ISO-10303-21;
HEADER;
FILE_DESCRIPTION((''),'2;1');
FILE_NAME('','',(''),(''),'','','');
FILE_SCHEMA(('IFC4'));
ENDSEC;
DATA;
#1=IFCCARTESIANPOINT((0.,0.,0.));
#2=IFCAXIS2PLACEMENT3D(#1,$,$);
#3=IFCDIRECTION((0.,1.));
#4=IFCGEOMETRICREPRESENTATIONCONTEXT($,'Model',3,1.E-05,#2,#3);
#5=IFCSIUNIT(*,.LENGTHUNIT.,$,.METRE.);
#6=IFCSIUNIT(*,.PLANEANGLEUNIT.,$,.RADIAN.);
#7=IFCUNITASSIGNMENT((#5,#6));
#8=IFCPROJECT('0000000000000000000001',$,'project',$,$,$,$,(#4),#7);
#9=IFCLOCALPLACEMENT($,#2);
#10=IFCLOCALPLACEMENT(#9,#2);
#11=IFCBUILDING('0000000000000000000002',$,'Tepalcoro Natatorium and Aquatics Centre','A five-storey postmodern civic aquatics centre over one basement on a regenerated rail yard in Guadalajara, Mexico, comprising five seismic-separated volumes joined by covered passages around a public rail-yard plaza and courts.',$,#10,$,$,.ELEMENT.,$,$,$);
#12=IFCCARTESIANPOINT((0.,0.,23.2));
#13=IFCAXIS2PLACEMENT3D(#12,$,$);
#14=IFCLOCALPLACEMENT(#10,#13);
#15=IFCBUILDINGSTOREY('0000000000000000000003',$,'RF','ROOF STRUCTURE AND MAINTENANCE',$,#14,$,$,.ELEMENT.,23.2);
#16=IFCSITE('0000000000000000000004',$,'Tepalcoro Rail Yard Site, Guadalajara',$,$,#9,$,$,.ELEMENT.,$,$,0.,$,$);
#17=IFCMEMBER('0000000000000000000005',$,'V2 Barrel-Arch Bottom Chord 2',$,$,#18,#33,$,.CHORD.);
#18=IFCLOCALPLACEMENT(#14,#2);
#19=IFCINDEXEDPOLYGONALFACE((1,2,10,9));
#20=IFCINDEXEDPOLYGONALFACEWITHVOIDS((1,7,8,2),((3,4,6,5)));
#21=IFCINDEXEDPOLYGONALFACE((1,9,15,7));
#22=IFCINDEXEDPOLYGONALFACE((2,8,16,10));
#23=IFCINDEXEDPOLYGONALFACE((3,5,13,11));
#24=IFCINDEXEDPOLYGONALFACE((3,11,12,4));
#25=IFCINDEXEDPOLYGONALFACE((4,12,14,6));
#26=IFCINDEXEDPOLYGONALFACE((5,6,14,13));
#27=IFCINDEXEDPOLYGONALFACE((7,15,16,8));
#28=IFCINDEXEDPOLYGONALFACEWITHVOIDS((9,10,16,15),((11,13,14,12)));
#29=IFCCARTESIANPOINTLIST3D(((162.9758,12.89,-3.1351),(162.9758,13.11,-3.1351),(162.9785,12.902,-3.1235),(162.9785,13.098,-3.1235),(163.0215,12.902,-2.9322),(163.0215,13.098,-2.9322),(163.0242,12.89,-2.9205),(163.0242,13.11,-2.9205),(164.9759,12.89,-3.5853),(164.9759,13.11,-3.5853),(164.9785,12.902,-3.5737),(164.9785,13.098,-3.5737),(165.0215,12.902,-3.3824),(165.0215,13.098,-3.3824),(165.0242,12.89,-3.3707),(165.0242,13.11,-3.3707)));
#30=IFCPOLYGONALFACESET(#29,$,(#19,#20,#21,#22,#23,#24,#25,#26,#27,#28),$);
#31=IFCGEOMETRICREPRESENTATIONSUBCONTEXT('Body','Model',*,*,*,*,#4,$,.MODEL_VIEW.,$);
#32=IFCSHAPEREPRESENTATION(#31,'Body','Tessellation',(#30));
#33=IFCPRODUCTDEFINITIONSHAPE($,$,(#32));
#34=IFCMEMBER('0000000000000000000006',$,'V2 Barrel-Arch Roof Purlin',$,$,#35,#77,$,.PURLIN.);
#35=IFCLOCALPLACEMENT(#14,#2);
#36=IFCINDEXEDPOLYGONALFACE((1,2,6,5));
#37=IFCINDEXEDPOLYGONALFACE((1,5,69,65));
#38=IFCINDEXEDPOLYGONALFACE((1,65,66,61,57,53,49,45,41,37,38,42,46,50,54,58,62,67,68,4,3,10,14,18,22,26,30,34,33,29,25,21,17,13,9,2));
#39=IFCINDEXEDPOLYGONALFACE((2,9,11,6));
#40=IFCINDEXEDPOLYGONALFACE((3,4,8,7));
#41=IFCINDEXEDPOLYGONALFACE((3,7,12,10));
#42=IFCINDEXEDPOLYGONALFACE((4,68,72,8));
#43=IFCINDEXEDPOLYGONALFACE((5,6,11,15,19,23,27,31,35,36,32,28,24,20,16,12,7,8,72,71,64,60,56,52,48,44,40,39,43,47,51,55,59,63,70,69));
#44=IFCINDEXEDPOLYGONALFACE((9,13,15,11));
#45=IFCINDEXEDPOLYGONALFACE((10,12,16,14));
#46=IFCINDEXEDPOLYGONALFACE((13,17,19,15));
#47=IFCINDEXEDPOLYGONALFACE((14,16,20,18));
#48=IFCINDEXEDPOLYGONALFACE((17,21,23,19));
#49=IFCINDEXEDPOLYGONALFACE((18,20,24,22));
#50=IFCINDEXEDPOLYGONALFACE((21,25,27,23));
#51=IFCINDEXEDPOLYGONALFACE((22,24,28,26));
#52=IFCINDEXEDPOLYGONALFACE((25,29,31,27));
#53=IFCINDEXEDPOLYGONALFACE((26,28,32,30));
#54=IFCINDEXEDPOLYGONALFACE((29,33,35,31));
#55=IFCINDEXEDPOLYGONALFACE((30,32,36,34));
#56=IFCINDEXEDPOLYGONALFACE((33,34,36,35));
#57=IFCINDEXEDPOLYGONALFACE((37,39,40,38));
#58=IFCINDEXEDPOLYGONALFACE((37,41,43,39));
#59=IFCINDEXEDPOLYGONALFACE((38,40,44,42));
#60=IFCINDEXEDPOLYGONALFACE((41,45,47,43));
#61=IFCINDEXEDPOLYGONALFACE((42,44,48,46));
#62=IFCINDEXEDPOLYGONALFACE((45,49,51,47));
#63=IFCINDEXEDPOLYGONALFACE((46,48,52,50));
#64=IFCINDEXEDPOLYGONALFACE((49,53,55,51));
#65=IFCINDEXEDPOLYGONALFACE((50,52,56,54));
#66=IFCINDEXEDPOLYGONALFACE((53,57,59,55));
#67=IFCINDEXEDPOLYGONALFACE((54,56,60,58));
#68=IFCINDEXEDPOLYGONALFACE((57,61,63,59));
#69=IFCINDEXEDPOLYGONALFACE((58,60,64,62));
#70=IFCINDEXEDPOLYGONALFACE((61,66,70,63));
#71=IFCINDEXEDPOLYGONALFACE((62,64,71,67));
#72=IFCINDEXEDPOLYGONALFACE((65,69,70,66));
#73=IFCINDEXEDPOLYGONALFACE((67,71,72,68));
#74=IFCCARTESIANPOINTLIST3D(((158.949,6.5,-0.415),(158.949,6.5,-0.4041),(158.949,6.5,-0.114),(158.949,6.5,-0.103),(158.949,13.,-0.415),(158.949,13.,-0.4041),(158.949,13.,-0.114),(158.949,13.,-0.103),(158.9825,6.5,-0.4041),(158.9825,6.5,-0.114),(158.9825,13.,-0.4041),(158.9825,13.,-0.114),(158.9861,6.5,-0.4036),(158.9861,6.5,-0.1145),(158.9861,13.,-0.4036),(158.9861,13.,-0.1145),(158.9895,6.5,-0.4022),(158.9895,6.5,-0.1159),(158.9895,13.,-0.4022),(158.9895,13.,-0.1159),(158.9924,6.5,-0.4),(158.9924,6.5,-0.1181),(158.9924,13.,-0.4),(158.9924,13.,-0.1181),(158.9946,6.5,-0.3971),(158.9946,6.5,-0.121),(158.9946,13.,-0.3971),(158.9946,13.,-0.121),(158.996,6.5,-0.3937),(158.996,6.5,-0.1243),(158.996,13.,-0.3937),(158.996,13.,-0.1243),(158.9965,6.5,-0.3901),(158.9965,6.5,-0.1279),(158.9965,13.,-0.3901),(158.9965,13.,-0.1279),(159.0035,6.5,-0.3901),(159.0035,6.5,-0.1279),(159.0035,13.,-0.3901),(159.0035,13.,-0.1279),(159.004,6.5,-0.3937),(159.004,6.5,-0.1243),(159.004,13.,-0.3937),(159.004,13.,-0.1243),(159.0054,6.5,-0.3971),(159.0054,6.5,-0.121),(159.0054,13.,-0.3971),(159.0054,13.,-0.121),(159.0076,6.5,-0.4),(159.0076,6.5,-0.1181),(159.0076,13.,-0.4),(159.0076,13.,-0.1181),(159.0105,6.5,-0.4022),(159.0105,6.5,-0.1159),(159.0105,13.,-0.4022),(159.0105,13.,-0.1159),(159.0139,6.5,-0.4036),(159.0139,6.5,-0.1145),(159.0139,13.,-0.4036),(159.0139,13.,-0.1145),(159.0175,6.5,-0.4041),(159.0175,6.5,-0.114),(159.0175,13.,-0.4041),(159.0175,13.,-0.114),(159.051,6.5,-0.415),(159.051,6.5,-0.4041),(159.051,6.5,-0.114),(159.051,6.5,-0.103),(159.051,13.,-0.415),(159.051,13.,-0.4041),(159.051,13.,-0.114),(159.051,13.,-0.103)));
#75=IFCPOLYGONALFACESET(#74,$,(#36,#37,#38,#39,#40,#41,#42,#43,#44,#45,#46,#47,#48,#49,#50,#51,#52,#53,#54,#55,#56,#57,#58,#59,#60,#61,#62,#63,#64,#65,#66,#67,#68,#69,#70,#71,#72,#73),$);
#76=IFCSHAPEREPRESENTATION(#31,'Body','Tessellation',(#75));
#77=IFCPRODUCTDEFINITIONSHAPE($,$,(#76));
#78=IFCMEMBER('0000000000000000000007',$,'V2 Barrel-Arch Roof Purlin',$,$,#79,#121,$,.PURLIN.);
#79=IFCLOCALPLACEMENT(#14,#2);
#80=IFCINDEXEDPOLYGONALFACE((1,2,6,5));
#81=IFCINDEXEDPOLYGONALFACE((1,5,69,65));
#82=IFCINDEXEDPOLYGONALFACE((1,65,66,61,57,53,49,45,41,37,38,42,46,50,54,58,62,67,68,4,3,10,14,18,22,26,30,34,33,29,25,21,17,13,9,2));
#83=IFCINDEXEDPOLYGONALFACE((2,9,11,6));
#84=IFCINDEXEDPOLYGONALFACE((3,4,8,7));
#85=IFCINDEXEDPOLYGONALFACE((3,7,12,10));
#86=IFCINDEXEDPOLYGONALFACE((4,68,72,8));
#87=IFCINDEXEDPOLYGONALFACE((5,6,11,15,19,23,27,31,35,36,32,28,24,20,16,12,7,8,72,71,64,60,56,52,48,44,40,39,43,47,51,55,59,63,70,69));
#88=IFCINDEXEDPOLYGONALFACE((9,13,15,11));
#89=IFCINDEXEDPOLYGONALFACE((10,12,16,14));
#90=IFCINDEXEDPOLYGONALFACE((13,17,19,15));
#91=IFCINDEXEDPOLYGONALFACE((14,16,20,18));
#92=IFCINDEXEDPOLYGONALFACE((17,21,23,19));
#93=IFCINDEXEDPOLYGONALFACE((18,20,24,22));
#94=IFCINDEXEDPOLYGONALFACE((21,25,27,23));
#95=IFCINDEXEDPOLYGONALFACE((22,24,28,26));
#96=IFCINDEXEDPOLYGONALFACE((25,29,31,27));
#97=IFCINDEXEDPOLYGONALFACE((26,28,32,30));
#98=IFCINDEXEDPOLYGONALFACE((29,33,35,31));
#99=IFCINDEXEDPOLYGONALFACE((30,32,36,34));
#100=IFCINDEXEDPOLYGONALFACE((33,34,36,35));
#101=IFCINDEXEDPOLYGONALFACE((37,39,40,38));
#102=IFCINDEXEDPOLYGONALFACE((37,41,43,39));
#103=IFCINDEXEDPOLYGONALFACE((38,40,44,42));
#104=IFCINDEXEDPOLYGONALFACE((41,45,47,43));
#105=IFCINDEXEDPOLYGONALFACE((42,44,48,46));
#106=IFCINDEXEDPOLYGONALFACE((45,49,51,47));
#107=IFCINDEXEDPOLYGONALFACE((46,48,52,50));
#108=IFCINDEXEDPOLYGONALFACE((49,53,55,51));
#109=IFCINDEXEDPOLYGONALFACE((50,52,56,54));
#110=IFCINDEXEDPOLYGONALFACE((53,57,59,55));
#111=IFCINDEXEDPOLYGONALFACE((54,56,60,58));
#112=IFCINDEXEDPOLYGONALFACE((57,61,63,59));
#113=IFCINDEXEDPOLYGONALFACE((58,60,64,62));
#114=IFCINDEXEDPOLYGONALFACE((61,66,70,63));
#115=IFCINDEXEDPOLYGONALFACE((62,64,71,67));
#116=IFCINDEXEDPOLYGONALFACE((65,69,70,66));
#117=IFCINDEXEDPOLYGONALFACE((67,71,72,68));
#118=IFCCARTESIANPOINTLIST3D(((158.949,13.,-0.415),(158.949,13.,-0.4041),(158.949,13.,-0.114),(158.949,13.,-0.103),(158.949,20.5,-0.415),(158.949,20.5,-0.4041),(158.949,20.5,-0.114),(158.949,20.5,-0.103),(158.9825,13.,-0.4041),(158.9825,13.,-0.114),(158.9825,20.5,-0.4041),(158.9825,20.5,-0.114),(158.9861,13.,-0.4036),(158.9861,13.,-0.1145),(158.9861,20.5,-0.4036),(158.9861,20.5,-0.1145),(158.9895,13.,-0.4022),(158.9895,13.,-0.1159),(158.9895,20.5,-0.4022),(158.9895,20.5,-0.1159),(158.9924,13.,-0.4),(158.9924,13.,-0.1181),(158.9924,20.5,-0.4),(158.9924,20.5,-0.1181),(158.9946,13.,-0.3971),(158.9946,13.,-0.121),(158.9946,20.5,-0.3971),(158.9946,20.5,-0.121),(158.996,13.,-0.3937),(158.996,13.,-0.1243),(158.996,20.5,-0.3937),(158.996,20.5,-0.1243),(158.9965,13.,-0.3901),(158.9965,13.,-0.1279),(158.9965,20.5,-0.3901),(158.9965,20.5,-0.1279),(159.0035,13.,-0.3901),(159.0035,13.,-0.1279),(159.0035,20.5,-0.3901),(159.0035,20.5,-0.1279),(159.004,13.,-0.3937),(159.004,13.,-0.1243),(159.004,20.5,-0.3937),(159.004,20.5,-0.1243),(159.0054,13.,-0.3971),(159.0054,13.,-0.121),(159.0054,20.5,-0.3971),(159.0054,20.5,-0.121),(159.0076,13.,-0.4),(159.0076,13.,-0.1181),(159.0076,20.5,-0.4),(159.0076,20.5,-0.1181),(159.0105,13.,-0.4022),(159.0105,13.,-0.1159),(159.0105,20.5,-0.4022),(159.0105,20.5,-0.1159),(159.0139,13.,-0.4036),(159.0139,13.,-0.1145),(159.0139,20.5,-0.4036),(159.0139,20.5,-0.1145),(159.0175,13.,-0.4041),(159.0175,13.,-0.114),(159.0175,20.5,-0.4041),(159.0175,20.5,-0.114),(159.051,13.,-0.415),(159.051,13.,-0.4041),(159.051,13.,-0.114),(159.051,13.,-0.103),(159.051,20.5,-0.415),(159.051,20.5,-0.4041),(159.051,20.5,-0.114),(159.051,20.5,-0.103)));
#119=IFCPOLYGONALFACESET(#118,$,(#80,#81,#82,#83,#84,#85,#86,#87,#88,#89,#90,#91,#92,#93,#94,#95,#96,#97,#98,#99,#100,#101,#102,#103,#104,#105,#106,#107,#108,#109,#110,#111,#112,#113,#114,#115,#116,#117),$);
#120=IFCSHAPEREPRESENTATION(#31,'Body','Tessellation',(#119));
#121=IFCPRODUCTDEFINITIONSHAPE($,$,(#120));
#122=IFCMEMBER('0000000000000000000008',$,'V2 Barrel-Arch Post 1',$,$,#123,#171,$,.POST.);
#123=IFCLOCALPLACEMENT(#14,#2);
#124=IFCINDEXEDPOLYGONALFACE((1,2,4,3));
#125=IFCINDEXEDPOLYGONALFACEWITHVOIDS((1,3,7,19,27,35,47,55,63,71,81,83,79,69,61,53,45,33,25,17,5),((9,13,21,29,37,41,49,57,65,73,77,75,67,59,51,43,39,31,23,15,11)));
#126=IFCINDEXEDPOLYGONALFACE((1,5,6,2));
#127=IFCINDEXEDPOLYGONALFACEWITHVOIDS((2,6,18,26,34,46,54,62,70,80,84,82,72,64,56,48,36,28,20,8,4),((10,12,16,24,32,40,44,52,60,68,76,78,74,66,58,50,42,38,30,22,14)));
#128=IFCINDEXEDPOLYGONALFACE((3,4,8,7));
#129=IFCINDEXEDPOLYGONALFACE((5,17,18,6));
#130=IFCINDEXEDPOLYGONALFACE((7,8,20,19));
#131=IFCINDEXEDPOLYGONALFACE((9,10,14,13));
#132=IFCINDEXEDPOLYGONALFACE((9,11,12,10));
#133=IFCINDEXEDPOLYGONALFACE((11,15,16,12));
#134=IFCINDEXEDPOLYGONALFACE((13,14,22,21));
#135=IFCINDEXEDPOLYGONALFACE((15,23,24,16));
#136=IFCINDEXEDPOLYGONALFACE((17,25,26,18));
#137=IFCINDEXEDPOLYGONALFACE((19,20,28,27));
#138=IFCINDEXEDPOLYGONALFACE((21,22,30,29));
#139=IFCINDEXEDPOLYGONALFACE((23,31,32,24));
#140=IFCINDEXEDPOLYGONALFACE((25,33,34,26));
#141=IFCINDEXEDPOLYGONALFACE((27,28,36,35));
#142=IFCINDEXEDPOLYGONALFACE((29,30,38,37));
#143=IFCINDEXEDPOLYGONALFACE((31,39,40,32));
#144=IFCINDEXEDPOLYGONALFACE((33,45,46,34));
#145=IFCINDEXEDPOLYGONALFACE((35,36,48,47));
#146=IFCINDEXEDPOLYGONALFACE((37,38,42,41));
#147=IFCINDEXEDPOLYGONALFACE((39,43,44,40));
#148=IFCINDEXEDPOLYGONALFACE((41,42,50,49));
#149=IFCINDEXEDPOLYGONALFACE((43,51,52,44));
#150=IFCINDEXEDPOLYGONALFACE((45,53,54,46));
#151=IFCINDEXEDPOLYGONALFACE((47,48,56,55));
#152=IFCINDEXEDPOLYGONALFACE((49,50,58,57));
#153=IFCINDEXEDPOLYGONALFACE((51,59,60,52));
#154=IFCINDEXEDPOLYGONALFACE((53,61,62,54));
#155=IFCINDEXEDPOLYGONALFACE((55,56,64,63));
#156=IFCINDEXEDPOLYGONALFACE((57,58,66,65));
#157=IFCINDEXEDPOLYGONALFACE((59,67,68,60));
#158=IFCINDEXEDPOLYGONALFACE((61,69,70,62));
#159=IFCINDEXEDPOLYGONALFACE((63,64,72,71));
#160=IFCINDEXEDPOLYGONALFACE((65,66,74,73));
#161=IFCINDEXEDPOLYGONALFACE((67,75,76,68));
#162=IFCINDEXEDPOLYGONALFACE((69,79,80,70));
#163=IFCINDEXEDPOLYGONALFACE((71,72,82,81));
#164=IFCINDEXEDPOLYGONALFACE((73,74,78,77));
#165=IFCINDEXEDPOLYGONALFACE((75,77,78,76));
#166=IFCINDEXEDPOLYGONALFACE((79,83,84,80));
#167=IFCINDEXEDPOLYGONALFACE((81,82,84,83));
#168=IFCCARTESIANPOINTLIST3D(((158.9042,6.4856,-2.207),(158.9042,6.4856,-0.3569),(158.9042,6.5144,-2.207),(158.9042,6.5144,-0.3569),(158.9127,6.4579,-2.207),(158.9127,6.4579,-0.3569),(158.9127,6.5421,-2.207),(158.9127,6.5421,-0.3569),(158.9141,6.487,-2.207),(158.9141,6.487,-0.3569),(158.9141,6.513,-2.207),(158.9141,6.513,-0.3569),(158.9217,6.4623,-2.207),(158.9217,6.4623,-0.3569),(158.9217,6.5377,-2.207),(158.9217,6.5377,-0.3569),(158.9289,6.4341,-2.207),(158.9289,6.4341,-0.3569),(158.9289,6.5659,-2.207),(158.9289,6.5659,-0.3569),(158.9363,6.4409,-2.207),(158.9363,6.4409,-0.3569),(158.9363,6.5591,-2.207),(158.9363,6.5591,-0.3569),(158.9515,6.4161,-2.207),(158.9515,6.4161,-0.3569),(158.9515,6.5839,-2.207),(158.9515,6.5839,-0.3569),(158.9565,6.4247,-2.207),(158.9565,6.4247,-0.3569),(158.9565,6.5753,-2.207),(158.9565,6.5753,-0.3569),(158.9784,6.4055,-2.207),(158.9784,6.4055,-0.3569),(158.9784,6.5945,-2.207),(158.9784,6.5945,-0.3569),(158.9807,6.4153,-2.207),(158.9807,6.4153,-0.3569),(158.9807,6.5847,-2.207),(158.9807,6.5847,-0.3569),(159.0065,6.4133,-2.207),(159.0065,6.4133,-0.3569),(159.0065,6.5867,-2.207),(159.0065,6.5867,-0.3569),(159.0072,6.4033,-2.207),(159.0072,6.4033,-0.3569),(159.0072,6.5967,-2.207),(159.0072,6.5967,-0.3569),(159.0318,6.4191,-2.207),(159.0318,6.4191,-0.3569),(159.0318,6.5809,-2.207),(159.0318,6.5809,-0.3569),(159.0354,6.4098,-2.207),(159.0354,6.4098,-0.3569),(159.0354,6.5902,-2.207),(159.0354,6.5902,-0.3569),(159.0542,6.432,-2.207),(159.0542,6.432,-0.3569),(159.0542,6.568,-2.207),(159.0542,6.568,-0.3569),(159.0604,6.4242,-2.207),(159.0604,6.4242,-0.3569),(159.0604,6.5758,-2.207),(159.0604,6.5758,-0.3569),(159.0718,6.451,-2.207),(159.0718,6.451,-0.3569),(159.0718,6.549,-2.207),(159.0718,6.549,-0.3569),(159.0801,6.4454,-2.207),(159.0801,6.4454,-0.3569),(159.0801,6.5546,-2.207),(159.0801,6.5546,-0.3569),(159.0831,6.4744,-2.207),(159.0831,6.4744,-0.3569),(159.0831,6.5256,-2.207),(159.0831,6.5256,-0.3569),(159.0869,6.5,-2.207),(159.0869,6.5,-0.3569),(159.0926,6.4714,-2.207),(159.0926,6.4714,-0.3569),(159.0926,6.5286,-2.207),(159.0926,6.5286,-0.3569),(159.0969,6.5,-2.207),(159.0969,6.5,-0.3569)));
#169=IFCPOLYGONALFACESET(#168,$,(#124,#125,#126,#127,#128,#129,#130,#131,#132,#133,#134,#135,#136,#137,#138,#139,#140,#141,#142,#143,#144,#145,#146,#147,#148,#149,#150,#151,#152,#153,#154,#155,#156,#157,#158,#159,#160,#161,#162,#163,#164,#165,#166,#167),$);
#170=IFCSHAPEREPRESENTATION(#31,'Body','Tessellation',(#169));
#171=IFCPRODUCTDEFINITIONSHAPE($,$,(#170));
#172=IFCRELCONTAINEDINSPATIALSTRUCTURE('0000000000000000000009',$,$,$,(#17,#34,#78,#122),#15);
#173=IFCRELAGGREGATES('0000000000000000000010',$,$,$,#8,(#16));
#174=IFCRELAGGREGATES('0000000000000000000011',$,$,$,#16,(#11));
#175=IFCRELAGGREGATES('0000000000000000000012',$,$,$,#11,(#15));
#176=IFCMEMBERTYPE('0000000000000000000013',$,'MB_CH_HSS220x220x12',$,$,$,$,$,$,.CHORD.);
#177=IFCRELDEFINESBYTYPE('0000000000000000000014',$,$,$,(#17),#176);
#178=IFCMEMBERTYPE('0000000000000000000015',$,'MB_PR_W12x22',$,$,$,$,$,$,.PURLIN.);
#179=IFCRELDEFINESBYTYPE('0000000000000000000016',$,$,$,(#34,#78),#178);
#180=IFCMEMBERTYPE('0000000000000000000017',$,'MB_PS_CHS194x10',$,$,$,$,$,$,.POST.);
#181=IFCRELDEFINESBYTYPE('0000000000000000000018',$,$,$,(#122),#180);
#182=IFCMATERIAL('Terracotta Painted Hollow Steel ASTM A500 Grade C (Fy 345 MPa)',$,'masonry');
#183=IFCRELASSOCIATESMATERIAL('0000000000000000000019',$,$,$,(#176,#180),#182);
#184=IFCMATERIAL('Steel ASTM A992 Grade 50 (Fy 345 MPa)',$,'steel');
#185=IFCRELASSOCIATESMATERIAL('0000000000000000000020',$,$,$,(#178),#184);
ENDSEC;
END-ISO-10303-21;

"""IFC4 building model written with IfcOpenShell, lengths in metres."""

from ifc_helpers import new_model, si_unit, direction, frame, origin, origin_2d, place, context, subcontext, project, spatial, hollow_rectangle, hollow_circle, i_section, extrude, material, material_profile, profile_set, type_object, element, save


model = new_model("IFC4")

# Units and contexts
model_context = context("Model", 3, precision=1e-05, world=origin(), true_north=direction((0.0, 1.0)))
body_context = subcontext(model_context, "Body", "Model", "MODEL_VIEW")
ifc_project = project(units=[si_unit("LENGTHUNIT", "METRE"), si_unit("PLANEANGLEUNIT", "RADIAN")], contexts=[model_context])

# Site, building, storey
site_placement = place(None, origin())
site = spatial("IfcSite", under=ifc_project, at=site_placement, Name="Tepalcoro Rail Yard Site, Guadalajara", CompositionType="ELEMENT", RefElevation=0.0)
building_placement = place(site_placement, origin())
building = spatial("IfcBuilding", under=site, at=building_placement, Name="Tepalcoro Natatorium and Aquatics Centre", Description="A five-storey postmodern civic aquatics centre over one basement on a regenerated rail yard in Guadalajara, Mexico, comprising five seismic-separated volumes joined by covered passages around a public rail-yard plaza and courts.", CompositionType="ELEMENT")
storey_placement = place(building_placement, frame((0.0, 0.0, 23.2)))
storey = spatial("IfcBuildingStorey", under=building, at=storey_placement, Name="RF", Description="ROOF STRUCTURE AND MAINTENANCE", CompositionType="ELEMENT", Elevation=23.2)

# Shared definitions
ifc_material_1 = material(Name="Terracotta Painted Hollow Steel ASTM A500 Grade C (Fy 345 MPa)", Category="masonry")

# Members
ifc_material_profile_1 = material_profile(ifc_material_1, hollow_rectangle(XDim=0.22, YDim=0.22, WallThickness=0.012, at=origin_2d()), Name="HSS220X220X12")
ifc_profile_set_1 = profile_set([ifc_material_profile_1], Name="Terracotta Painted Hollow Steel ASTM A500 Grade C (Fy 345 MPa)")
member_type_1 = type_object("IfcMemberType", Name="MB_CH_HSS220x220x12", PredefinedType="CHORD", material=ifc_profile_set_1)
for number, where, z_axis, x_axis, name in (
    (1, (163.0, 13.0, -3.0278), (0.975589, 0.0, -0.219603), (0.0, 1.0, 0.0), "V2 Barrel-Arch Bottom Chord 2"),
):
    element("IfcMember", number, at=place(storey_placement, frame(where, z_axis=z_axis, x_axis=x_axis)), inside=storey, type_object=member_type_1, Name=name, PredefinedType="CHORD", context=body_context, shape_type="SweptSolid", body=[
        extrude(hollow_rectangle(XDim=0.22, YDim=0.22, WallThickness=0.012, at=origin_2d()), origin(), (0.0, 0.0, 1.0), 2.05),
    ])
ifc_material_2 = material(Name="Steel ASTM A992 Grade 50 (Fy 345 MPa)", Category="steel")
ifc_material_profile_2 = material_profile(ifc_material_2, i_section(OverallWidth=0.1021, OverallDepth=0.312, WebThickness=0.0071, FlangeThickness=0.011, FilletRadius=0.0139, at=origin_2d()), Name="W12X22")
ifc_profile_set_2 = profile_set([ifc_material_profile_2], Name="Steel ASTM A992 Grade 50 (Fy 345 MPa)")
member_type_2 = type_object("IfcMemberType", Name="MB_PR_W12x22", PredefinedType="PURLIN", material=ifc_profile_set_2)
member_1_placement = place(storey_placement, frame((159.0, 6.5, -0.259), z_axis=(0.0, 1.0, 0.0), x_axis=(-1.0, 0.0, 0.0)))
element("IfcMember", 2, at=member_1_placement, inside=storey, type_object=member_type_2, Name="V2 Barrel-Arch Roof Purlin", PredefinedType="PURLIN", context=body_context, shape_type="SweptSolid", body=[
    extrude(i_section(OverallWidth=0.1021, OverallDepth=0.312, WebThickness=0.0071, FlangeThickness=0.011, FilletRadius=0.0139, at=origin_2d()), origin(), (0.0, 0.0, 1.0), 6.5),
])
member_2_placement = place(storey_placement, frame((159.0, 13.0, -0.259), z_axis=(0.0, 1.0, 0.0), x_axis=(-1.0, 0.0, 0.0)))
element("IfcMember", 3, at=member_2_placement, inside=storey, type_object=member_type_2, Name="V2 Barrel-Arch Roof Purlin", PredefinedType="PURLIN", context=body_context, shape_type="SweptSolid", body=[
    extrude(i_section(OverallWidth=0.1021, OverallDepth=0.312, WebThickness=0.0071, FlangeThickness=0.011, FilletRadius=0.0139, at=origin_2d()), origin(), (0.0, 0.0, 1.0), 7.5),
])
ifc_material_profile_3 = material_profile(ifc_material_1, hollow_circle(Radius=0.0969, WallThickness=0.01, at=origin_2d()), Name="CHS194X10")
ifc_profile_set_3 = profile_set([ifc_material_profile_3], Name="Terracotta Painted Hollow Steel ASTM A500 Grade C (Fy 345 MPa)")
member_type_3 = type_object("IfcMemberType", Name="MB_PS_CHS194x10", PredefinedType="POST", material=ifc_profile_set_3)
for number, where, z_axis, x_axis, name in (
    (4, (159.0, 6.5, -2.207), (0.0, 0.0, 1.0), (1.0, 0.0, 0.0), "V2 Barrel-Arch Post 1"),
):
    element("IfcMember", number, at=place(storey_placement, frame(where, z_axis=z_axis, x_axis=x_axis)), inside=storey, type_object=member_type_3, Name=name, PredefinedType="POST", context=body_context, shape_type="SweptSolid", body=[
        extrude(hollow_circle(Radius=0.0969, WallThickness=0.01, at=origin_2d()), origin(), (0.0, 0.0, 1.0), 1.8501),
    ])

save(model, "model.ifc")
